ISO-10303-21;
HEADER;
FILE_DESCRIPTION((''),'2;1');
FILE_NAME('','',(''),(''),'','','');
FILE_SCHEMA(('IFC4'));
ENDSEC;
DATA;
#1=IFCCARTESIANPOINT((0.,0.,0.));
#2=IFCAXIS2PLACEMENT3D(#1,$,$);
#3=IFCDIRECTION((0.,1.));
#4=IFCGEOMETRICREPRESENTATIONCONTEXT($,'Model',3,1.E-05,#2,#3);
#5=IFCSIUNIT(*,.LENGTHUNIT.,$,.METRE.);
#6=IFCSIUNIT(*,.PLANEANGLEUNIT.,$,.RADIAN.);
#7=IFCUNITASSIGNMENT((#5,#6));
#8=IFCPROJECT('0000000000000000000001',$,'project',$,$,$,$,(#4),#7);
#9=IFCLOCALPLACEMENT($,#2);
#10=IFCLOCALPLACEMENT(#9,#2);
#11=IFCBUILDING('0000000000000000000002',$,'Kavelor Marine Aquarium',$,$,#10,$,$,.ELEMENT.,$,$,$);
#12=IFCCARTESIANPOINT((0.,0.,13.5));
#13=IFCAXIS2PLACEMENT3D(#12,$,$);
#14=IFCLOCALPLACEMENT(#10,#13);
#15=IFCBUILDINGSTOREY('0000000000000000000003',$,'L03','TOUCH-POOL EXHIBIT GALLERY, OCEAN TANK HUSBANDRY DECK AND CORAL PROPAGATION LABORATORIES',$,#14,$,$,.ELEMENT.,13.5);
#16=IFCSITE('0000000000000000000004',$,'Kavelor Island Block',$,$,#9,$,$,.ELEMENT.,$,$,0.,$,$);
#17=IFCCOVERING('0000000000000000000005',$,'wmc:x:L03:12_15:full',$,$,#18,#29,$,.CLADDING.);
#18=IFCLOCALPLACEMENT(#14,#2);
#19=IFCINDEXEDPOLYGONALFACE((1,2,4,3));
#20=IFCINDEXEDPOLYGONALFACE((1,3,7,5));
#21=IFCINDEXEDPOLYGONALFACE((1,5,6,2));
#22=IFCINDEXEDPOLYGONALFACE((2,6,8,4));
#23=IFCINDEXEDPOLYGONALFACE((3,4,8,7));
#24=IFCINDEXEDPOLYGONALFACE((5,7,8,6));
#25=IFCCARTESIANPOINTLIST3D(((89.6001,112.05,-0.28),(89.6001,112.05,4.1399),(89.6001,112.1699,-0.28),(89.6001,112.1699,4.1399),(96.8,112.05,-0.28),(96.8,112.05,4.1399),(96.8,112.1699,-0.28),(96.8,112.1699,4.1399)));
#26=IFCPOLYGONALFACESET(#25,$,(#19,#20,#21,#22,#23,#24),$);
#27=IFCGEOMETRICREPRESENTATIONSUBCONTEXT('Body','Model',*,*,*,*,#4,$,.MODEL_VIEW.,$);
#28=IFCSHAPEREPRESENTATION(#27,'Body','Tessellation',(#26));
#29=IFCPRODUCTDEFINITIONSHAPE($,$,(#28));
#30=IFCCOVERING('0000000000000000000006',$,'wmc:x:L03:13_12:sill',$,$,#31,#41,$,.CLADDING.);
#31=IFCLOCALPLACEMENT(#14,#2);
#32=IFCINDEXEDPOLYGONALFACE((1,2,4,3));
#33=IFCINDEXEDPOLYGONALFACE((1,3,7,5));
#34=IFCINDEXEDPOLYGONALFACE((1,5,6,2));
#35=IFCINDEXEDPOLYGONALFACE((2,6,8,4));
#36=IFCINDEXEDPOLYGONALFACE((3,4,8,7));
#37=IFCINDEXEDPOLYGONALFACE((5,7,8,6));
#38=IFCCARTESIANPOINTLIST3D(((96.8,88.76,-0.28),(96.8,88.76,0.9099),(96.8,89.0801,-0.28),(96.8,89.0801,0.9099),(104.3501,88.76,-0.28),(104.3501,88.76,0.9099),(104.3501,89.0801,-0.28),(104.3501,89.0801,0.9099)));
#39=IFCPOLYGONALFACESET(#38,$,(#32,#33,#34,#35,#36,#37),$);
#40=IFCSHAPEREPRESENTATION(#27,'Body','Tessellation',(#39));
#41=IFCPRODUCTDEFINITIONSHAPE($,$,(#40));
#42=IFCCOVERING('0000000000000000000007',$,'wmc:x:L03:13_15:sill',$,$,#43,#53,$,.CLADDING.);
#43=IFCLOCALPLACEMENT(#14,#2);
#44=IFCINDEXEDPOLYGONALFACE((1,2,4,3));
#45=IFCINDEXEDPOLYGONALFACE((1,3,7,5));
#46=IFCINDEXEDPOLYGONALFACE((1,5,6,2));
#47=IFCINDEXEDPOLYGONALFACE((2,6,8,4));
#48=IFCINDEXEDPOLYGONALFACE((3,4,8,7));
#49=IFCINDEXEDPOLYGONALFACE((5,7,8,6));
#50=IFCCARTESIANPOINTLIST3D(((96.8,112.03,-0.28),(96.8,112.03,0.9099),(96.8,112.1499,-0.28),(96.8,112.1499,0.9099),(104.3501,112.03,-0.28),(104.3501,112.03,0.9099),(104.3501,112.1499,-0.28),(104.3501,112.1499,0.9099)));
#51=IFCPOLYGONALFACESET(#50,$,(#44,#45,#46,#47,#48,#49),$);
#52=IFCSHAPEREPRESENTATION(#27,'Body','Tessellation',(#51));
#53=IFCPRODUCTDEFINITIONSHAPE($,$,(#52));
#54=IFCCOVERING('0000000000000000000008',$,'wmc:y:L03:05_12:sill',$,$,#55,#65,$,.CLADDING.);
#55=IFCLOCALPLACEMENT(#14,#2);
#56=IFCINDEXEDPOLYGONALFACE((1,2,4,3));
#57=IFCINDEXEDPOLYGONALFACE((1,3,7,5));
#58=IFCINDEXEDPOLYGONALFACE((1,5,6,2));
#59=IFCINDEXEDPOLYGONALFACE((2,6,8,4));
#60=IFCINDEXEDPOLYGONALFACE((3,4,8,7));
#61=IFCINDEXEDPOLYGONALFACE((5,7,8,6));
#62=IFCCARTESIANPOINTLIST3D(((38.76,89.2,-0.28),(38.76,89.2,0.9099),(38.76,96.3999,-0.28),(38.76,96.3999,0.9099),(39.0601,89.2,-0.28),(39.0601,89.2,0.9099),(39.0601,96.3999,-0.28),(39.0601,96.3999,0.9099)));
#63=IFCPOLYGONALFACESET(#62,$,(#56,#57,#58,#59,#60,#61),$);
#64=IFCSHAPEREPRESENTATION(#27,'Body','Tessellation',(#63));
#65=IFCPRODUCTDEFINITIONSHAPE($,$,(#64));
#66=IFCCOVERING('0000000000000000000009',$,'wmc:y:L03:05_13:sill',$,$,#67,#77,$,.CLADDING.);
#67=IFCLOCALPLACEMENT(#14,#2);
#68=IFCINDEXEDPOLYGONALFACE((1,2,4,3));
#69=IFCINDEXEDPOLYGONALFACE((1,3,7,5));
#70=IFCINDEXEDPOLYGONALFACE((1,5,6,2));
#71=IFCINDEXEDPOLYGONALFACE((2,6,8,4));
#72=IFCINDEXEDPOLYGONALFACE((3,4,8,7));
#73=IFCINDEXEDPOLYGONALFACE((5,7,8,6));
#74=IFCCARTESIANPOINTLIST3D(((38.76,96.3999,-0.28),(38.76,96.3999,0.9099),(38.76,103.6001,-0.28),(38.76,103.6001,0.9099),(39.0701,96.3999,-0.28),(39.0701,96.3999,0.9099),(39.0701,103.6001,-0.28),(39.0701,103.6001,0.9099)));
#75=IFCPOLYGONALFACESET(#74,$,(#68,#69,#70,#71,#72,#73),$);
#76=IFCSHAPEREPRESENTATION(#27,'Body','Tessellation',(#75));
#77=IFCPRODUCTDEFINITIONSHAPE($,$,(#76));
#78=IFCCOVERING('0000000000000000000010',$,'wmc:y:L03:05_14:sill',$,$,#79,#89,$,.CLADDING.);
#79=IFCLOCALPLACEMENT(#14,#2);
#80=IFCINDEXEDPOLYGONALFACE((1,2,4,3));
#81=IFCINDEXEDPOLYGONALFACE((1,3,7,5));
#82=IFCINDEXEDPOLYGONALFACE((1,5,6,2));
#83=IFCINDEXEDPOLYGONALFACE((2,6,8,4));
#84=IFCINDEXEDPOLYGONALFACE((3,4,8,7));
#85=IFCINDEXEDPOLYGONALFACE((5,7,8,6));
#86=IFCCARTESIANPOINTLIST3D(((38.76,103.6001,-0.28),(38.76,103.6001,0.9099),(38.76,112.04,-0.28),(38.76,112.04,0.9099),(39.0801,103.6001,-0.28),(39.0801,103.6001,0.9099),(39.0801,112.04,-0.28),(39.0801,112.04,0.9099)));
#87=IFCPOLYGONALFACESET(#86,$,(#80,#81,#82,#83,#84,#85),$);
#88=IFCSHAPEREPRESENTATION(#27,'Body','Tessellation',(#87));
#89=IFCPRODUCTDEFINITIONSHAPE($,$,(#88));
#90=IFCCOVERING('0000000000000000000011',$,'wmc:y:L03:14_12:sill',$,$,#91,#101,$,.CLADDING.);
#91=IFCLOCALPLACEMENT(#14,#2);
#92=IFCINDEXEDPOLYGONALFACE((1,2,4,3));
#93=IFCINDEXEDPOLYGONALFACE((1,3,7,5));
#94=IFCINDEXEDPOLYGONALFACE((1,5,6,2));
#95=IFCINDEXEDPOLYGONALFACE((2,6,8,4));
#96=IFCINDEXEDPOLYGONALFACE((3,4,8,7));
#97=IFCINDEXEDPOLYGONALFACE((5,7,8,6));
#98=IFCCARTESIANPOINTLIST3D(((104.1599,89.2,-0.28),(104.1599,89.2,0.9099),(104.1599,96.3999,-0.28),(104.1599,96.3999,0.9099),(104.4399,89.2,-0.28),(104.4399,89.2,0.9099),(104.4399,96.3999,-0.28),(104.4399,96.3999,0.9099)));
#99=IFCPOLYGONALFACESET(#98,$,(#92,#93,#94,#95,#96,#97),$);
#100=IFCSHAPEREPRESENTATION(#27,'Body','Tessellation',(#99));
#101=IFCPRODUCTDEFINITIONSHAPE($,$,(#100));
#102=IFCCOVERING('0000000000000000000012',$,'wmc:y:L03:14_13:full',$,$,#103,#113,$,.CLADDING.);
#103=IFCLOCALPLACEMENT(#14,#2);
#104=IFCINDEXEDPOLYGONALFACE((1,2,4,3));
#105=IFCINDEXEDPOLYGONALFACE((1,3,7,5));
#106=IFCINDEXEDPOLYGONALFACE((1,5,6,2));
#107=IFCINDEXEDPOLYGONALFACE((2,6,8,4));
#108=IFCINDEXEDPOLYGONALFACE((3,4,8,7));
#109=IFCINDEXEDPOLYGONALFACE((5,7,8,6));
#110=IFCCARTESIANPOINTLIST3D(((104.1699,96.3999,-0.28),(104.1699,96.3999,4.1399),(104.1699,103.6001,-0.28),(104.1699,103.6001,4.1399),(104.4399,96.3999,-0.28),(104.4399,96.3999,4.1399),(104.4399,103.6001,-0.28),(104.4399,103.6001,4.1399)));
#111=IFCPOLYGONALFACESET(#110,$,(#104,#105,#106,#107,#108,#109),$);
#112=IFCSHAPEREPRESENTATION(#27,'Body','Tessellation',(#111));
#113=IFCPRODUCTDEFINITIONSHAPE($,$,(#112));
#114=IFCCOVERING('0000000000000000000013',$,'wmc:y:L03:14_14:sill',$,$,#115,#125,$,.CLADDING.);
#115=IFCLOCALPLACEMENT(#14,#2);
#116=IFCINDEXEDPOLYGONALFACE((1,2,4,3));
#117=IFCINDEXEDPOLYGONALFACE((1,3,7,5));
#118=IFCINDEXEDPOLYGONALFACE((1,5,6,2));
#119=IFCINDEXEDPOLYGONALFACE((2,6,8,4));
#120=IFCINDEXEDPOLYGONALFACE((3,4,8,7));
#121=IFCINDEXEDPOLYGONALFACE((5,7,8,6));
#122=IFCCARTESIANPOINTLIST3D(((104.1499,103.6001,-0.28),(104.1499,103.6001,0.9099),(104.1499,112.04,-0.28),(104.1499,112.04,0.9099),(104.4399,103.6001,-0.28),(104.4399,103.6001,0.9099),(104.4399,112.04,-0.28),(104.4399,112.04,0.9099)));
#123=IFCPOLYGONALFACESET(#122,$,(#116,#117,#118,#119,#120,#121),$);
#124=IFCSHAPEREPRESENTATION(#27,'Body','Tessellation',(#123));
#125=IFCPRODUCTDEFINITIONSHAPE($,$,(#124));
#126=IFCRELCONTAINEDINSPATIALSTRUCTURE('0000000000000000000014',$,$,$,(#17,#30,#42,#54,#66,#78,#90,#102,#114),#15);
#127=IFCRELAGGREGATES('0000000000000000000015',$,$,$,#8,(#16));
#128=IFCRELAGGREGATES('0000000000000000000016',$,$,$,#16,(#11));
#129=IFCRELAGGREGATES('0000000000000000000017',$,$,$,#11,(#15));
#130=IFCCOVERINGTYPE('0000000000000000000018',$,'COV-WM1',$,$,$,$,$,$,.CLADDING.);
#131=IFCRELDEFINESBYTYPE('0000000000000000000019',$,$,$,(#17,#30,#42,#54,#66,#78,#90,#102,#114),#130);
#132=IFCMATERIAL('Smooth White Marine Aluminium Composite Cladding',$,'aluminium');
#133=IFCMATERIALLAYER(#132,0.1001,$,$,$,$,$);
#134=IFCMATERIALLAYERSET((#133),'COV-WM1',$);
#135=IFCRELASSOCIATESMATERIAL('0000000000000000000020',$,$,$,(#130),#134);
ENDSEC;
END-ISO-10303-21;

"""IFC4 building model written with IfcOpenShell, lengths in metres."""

from ifc_helpers import new_model, si_unit, direction, frame, origin, place, context, subcontext, project, spatial, polyline, outline, extrude, material, layer, layer_set, type_object, element, save


model = new_model("IFC4")

# Units and contexts
model_context = context("Model", 3, precision=1e-05, world=origin(), true_north=direction((0.0, 1.0)))
body_context = subcontext(model_context, "Body", "Model", "MODEL_VIEW")
ifc_project = project(units=[si_unit("LENGTHUNIT", "METRE"), si_unit("PLANEANGLEUNIT", "RADIAN")], contexts=[model_context])

# Site, building, storey
site_placement = place(None, origin())
site = spatial("IfcSite", under=ifc_project, at=site_placement, Name="Kavelor Island Block", CompositionType="ELEMENT", RefElevation=0.0)
building_placement = place(site_placement, origin())
building = spatial("IfcBuilding", under=site, at=building_placement, Name="Kavelor Marine Aquarium", CompositionType="ELEMENT")
storey_placement = place(building_placement, frame((0.0, 0.0, 13.5)))
storey = spatial("IfcBuildingStorey", under=building, at=storey_placement, Name="L03", Description="TOUCH-POOL EXHIBIT GALLERY, OCEAN TANK HUSBANDRY DECK AND CORAL PROPAGATION LABORATORIES", CompositionType="ELEMENT", Elevation=13.5)

# Coverings
ifc_material_1 = material(Name="Smooth White Marine Aluminium Composite Cladding", Category="aluminium")
ifc_layer_1 = layer(ifc_material_1, 0.1001)
ifc_layer_set_1 = layer_set([ifc_layer_1], Name="COV-WM1")
covering_type_1 = type_object("IfcCoveringType", Name="COV-WM1", PredefinedType="CLADDING", material=ifc_layer_set_1)
covering_1_placement = place(storey_placement, frame((0.0, 0.0, -0.28)))
element("IfcCovering", 1, at=covering_1_placement, inside=storey, type_object=covering_type_1, Name="wmc:x:L03:12_15:full", PredefinedType="CLADDING", context=body_context, shape_type="SweptSolid", body=[
    extrude(outline(polyline([(89.6001, 112.05), (96.8, 112.05), (96.8, 112.1699), (89.6001, 112.1699), (89.6001, 112.05)])), origin(), (0.0, 0.0, 1.0), 4.4199),
])
covering_2_placement = place(storey_placement, frame((0.0, 0.0, -0.28)))
element("IfcCovering", 2, at=covering_2_placement, inside=storey, type_object=covering_type_1, Name="wmc:x:L03:13_12:sill", PredefinedType="CLADDING", context=body_context, shape_type="SweptSolid", body=[
    extrude(outline(polyline([(96.8, 88.76), (104.3501, 88.76), (104.3501, 89.0801), (96.8, 89.0801), (96.8, 88.76)])), origin(), (0.0, 0.0, 1.0), 1.1899),
])
covering_3_placement = place(storey_placement, frame((0.0, 0.0, -0.28)))
element("IfcCovering", 3, at=covering_3_placement, inside=storey, type_object=covering_type_1, Name="wmc:x:L03:13_15:sill", PredefinedType="CLADDING", context=body_context, shape_type="SweptSolid", body=[
    extrude(outline(polyline([(96.8, 112.03), (104.3501, 112.03), (104.3501, 112.1499), (96.8, 112.1499), (96.8, 112.03)])), origin(), (0.0, 0.0, 1.0), 1.1899),
])
covering_4_placement = place(storey_placement, frame((0.0, 0.0, -0.28)))
element("IfcCovering", 4, at=covering_4_placement, inside=storey, type_object=covering_type_1, Name="wmc:y:L03:05_12:sill", PredefinedType="CLADDING", context=body_context, shape_type="SweptSolid", body=[
    extrude(outline(polyline([(38.76, 89.2), (39.0601, 89.2), (39.0601, 96.3999), (38.76, 96.3999), (38.76, 89.2)])), origin(), (0.0, 0.0, 1.0), 1.1899),
])
covering_5_placement = place(storey_placement, frame((0.0, 0.0, -0.28)))
element("IfcCovering", 5, at=covering_5_placement, inside=storey, type_object=covering_type_1, Name="wmc:y:L03:05_13:sill", PredefinedType="CLADDING", context=body_context, shape_type="SweptSolid", body=[
    extrude(outline(polyline([(38.76, 96.3999), (39.0701, 96.3999), (39.0701, 103.6001), (38.76, 103.6001), (38.76, 96.3999)])), origin(), (0.0, 0.0, 1.0), 1.1899),
])
covering_6_placement = place(storey_placement, frame((0.0, 0.0, -0.28)))
element("IfcCovering", 6, at=covering_6_placement, inside=storey, type_object=covering_type_1, Name="wmc:y:L03:05_14:sill", PredefinedType="CLADDING", context=body_context, shape_type="SweptSolid", body=[
    extrude(outline(polyline([(38.76, 103.6001), (39.0801, 103.6001), (39.0801, 112.04), (38.76, 112.04), (38.76, 103.6001)])), origin(), (0.0, 0.0, 1.0), 1.1899),
])
covering_7_placement = place(storey_placement, frame((0.0, 0.0, -0.28)))
element("IfcCovering", 7, at=covering_7_placement, inside=storey, type_object=covering_type_1, Name="wmc:y:L03:14_12:sill", PredefinedType="CLADDING", context=body_context, shape_type="SweptSolid", body=[
    extrude(outline(polyline([(104.1599, 89.2), (104.4399, 89.2), (104.4399, 96.3999), (104.1599, 96.3999), (104.1599, 89.2)])), origin(), (0.0, 0.0, 1.0), 1.1899),
])
covering_8_placement = place(storey_placement, frame((0.0, 0.0, -0.28)))
element("IfcCovering", 8, at=covering_8_placement, inside=storey, type_object=covering_type_1, Name="wmc:y:L03:14_13:full", PredefinedType="CLADDING", context=body_context, shape_type="SweptSolid", body=[
    extrude(outline(polyline([(104.1699, 96.3999), (104.4399, 96.3999), (104.4399, 103.6001), (104.1699, 103.6001), (104.1699, 96.3999)])), origin(), (0.0, 0.0, 1.0), 4.4199),
])
covering_9_placement = place(storey_placement, frame((0.0, 0.0, -0.28)))
element("IfcCovering", 9, at=covering_9_placement, inside=storey, type_object=covering_type_1, Name="wmc:y:L03:14_14:sill", PredefinedType="CLADDING", context=body_context, shape_type="SweptSolid", body=[
    extrude(outline(polyline([(104.1499, 103.6001), (104.4399, 103.6001), (104.4399, 112.04), (104.1499, 112.04), (104.1499, 103.6001)])), origin(), (0.0, 0.0, 1.0), 1.1899),
])

save(model, "model.ifc")
